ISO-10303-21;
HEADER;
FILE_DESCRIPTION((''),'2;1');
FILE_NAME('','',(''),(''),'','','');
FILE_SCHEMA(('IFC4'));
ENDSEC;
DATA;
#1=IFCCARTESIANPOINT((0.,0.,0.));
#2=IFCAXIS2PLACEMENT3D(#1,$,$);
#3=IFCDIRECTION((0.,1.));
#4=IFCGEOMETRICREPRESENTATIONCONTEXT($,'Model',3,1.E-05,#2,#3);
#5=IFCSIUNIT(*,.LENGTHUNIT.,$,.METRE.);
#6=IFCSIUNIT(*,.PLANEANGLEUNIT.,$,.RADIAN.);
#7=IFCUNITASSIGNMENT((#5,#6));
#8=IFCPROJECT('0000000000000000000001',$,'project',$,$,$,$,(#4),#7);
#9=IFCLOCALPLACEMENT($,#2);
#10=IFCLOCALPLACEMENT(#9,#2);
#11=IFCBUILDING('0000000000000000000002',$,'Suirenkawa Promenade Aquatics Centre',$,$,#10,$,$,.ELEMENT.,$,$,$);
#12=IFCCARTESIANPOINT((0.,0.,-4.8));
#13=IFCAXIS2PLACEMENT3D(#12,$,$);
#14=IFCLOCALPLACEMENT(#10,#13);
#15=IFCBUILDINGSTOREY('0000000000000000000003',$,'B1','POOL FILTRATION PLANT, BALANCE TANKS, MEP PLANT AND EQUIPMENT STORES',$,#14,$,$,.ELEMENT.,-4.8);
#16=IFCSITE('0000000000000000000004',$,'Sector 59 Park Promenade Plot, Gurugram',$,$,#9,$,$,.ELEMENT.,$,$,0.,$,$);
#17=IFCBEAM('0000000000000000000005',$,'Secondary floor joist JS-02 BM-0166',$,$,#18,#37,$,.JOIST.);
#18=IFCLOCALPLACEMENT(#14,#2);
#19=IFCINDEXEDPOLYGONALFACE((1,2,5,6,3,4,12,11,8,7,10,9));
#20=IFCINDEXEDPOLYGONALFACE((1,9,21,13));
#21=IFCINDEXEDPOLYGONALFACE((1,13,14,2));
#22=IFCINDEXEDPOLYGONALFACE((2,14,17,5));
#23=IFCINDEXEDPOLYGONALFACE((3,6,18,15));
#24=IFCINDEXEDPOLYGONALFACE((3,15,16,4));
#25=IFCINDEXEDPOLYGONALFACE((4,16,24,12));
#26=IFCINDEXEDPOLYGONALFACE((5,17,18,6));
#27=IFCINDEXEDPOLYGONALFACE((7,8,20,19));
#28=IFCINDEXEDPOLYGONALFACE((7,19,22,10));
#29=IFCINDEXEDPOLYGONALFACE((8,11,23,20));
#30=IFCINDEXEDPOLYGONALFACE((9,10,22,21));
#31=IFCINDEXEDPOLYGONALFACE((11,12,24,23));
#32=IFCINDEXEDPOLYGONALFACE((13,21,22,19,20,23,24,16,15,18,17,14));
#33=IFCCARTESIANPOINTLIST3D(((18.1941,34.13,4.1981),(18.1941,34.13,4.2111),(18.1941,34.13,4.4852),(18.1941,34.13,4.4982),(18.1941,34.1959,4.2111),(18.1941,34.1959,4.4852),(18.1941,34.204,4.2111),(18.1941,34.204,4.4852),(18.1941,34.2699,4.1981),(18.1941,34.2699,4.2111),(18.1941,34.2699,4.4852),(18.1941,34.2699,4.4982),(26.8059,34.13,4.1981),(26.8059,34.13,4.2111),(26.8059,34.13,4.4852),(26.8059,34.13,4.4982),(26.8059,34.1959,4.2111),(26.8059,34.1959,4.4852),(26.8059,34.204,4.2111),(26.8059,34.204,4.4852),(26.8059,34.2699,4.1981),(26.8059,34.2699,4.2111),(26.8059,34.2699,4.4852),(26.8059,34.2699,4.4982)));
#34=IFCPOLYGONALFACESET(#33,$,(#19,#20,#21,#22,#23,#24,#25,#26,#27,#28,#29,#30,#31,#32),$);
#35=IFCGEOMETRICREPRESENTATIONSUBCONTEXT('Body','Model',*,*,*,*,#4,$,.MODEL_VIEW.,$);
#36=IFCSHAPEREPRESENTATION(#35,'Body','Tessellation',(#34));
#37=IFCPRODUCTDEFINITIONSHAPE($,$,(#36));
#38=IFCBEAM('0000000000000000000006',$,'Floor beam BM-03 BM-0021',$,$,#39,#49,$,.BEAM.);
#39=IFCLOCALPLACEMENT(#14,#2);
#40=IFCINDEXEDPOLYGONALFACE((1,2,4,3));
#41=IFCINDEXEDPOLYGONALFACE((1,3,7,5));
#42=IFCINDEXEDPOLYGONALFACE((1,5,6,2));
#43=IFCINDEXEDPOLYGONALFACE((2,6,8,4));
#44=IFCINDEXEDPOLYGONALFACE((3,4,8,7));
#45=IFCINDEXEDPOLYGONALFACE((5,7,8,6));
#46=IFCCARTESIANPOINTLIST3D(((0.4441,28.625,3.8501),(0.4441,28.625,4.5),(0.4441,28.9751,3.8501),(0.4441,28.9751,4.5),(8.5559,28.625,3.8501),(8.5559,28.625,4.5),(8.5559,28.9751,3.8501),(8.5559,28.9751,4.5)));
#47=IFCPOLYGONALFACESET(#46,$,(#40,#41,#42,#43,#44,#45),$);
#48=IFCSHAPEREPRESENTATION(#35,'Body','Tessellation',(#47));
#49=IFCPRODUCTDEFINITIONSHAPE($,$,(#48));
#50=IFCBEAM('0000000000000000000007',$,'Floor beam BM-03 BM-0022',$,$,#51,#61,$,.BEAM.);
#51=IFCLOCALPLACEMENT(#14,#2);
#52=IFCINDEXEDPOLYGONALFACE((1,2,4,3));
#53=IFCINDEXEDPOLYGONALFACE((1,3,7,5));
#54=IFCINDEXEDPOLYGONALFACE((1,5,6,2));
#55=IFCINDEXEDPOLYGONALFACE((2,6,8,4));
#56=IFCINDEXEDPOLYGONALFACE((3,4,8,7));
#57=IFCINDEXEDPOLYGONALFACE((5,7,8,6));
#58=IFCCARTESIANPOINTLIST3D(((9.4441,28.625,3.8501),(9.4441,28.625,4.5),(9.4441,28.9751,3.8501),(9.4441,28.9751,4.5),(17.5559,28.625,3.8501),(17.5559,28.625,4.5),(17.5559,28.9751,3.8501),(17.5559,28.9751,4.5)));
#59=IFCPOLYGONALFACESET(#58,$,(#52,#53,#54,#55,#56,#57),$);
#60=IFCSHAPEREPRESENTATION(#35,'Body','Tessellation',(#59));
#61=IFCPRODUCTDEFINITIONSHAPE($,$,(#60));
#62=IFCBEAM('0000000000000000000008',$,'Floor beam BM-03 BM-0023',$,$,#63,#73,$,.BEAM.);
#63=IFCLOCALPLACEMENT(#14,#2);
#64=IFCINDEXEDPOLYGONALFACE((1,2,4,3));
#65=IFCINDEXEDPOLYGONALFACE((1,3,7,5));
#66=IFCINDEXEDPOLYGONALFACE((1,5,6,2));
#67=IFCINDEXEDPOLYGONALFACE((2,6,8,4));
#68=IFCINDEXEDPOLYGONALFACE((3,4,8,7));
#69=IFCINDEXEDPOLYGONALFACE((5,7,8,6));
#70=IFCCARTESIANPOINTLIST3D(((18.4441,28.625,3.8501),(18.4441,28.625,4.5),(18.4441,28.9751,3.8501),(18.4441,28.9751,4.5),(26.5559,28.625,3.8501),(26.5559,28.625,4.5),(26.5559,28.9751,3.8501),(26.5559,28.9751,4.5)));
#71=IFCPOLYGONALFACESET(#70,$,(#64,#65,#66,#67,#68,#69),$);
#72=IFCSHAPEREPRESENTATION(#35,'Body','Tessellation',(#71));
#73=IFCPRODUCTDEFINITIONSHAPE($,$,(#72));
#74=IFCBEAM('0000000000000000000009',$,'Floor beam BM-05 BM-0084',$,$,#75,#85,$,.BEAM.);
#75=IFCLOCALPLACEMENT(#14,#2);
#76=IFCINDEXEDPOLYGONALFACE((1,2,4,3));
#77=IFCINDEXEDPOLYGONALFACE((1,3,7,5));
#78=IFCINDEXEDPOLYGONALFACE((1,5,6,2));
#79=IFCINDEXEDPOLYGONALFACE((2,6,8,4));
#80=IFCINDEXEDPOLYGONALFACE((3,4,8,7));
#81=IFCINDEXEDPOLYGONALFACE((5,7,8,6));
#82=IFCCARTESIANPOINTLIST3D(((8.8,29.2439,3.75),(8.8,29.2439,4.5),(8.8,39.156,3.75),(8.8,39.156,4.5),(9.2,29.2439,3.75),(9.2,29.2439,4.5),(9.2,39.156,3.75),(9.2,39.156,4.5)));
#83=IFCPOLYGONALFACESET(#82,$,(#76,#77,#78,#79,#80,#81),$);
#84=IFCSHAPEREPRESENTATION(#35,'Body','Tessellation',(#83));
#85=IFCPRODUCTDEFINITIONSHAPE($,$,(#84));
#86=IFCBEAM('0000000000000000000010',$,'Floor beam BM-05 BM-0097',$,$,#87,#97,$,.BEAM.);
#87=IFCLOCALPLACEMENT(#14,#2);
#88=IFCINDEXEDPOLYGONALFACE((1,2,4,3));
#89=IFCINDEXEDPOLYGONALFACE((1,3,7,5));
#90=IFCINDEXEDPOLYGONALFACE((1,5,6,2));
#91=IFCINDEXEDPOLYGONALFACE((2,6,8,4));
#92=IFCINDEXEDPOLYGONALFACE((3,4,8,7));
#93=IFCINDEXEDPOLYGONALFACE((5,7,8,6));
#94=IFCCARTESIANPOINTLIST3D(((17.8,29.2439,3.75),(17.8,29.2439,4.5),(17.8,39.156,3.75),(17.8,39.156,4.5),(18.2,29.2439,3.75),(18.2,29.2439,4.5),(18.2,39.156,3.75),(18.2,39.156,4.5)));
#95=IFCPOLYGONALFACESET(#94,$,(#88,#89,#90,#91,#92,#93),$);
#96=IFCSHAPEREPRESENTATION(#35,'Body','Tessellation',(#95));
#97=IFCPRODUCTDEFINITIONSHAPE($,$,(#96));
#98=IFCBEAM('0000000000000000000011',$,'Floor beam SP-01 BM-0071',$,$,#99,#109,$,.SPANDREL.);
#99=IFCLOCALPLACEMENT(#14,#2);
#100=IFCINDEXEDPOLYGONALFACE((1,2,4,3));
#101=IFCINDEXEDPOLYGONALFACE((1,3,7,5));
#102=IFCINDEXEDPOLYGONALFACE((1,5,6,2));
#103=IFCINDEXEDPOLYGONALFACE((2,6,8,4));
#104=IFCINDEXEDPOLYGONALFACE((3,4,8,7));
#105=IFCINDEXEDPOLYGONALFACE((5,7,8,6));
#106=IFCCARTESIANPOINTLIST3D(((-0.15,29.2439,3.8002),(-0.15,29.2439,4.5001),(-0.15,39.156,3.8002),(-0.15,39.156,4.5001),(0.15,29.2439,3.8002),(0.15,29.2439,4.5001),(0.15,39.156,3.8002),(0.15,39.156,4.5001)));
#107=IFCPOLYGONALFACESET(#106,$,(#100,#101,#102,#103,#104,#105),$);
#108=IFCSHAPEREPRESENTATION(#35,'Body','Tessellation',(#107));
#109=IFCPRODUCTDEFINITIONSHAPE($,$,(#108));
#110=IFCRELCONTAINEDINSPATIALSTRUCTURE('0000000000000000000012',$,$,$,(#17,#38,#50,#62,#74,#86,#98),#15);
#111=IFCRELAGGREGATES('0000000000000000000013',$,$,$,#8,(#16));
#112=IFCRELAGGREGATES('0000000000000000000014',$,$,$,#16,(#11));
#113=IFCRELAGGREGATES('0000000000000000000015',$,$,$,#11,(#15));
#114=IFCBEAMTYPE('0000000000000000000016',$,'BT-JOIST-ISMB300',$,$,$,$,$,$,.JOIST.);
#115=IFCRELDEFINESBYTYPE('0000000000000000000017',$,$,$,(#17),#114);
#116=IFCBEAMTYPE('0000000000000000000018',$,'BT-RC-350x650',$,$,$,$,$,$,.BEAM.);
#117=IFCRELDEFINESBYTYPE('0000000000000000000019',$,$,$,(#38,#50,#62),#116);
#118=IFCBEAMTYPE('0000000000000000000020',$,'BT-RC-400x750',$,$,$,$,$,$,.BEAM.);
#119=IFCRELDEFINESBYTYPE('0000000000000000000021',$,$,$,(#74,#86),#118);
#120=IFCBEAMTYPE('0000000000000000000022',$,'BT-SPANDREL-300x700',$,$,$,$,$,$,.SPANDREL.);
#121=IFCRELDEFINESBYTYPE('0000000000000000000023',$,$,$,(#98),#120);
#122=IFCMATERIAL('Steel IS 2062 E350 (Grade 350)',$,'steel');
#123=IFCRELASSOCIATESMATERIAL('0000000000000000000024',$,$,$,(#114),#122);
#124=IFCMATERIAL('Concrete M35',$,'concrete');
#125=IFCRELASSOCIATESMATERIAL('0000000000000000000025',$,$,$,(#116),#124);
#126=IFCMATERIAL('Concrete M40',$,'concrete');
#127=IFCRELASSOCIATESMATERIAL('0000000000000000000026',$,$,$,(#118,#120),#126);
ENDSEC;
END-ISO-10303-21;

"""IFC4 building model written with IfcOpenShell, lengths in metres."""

from ifc_helpers import new_model, si_unit, direction, frame, origin, origin_2d, place, context, subcontext, project, spatial, rectangle, i_section, extrude, material, material_profile, profile_set, type_object, element, save


model = new_model("IFC4")

# Units and contexts
model_context = context("Model", 3, precision=1e-05, world=origin(), true_north=direction((0.0, 1.0)))
body_context = subcontext(model_context, "Body", "Model", "MODEL_VIEW")
ifc_project = project(units=[si_unit("LENGTHUNIT", "METRE"), si_unit("PLANEANGLEUNIT", "RADIAN")], contexts=[model_context])

# Site, building, storey
site_placement = place(None, origin())
site = spatial("IfcSite", under=ifc_project, at=site_placement, Name="Sector 59 Park Promenade Plot, Gurugram", CompositionType="ELEMENT", RefElevation=0.0)
building_placement = place(site_placement, origin())
building = spatial("IfcBuilding", under=site, at=building_placement, Name="Suirenkawa Promenade Aquatics Centre", CompositionType="ELEMENT")
storey_placement = place(building_placement, frame((0.0, 0.0, -4.8)))
storey = spatial("IfcBuildingStorey", under=building, at=storey_placement, Name="B1", Description="POOL FILTRATION PLANT, BALANCE TANKS, MEP PLANT AND EQUIPMENT STORES", CompositionType="ELEMENT", Elevation=-4.8)

# Shared definitions
ifc_material_1 = material(Name="Concrete M35", Category="concrete")

# Shared definitions
ifc_material_2 = material(Name="Concrete M40", Category="concrete")

# Beams
ifc_material_3 = material(Name="Steel IS 2062 E350 (Grade 350)", Category="steel")
ifc_material_profile_1 = material_profile(ifc_material_3, i_section(OverallWidth=0.1399, OverallDepth=0.3, WebThickness=0.0081, FlangeThickness=0.0129, at=origin_2d()), Name="ISMB 300", Category="steel")
ifc_profile_set_1 = profile_set([ifc_material_profile_1], Name="Steel IS 2062 E350 (Grade 350)")
beam_type_1 = type_object("IfcBeamType", Name="BT-JOIST-ISMB300", PredefinedType="JOIST", material=ifc_profile_set_1)
beam_1_placement = place(storey_placement, frame((18.1941, 34.2, 4.3481), z_axis=(1.0, 0.0, 0.0), x_axis=(0.0, 1.0, 0.0)))
element("IfcBeam", 1, at=beam_1_placement, inside=storey, type_object=beam_type_1, Name="Secondary floor joist JS-02 BM-0166", PredefinedType="JOIST", context=body_context, shape_type="SweptSolid", body=[
    extrude(i_section(OverallWidth=0.1399, OverallDepth=0.3, WebThickness=0.0081, FlangeThickness=0.0129, at=origin_2d()), origin(), (0.0, 0.0, 1.0), 8.6118),
])
ifc_material_profile_2 = material_profile(ifc_material_1, rectangle(XDim=0.3501, YDim=0.6499, at=origin_2d()), Name="RC BM 350x650", Category="concrete")
ifc_profile_set_2 = profile_set([ifc_material_profile_2], Name="Concrete M35")
beam_type_2 = type_object("IfcBeamType", Name="BT-RC-350x650", PredefinedType="BEAM", material=ifc_profile_set_2)
for number, where, z_axis, x_axis, name in (
    (2, (0.4441, 28.8, 4.175), (1.0, 0.0, 0.0), (0.0, 1.0, 0.0), "Floor beam BM-03 BM-0021"),
    (3, (9.4441, 28.8, 4.175), (1.0, 0.0, 0.0), (0.0, 1.0, 0.0), "Floor beam BM-03 BM-0022"),
    (4, (18.4441, 28.8, 4.175), (1.0, 0.0, 0.0), (0.0, 1.0, 0.0), "Floor beam BM-03 BM-0023"),
):
    element("IfcBeam", number, at=place(storey_placement, frame(where, z_axis=z_axis, x_axis=x_axis)), inside=storey, type_object=beam_type_2, Name=name, PredefinedType="BEAM", context=body_context, shape_type="SweptSolid", body=[
        extrude(rectangle(XDim=0.3501, YDim=0.6499, at=origin_2d()), origin(), (0.0, 0.0, 1.0), 8.1118),
    ])
ifc_material_profile_3 = material_profile(ifc_material_2, rectangle(XDim=0.3999, YDim=0.75, at=origin_2d()), Name="RC BM 400x750", Category="concrete")
ifc_profile_set_3 = profile_set([ifc_material_profile_3], Name="Concrete M40")
beam_type_3 = type_object("IfcBeamType", Name="BT-RC-400x750", PredefinedType="BEAM", material=ifc_profile_set_3)
for number, where, z_axis, x_axis, name in (
    (5, (9.0, 29.2439, 4.125), (0.0, 1.0, 0.0), (-1.0, 0.0, 0.0), "Floor beam BM-05 BM-0084"),
    (6, (18.0, 29.2439, 4.125), (0.0, 1.0, 0.0), (-1.0, 0.0, 0.0), "Floor beam BM-05 BM-0097"),
):
    element("IfcBeam", number, at=place(storey_placement, frame(where, z_axis=z_axis, x_axis=x_axis)), inside=storey, type_object=beam_type_3, Name=name, PredefinedType="BEAM", context=body_context, shape_type="SweptSolid", body=[
        extrude(rectangle(XDim=0.3999, YDim=0.75, at=origin_2d()), origin(), (0.0, 0.0, 1.0), 9.9121),
    ])
ifc_material_profile_4 = material_profile(ifc_material_2, rectangle(XDim=0.3, YDim=0.7, at=origin_2d()), Name="RC SPANDREL 300x700", Category="concrete")
ifc_profile_set_4 = profile_set([ifc_material_profile_4], Name="Concrete M40")
beam_type_4 = type_object("IfcBeamType", Name="BT-SPANDREL-300x700", PredefinedType="SPANDREL", material=ifc_profile_set_4)
beam_2_placement = place(storey_placement, frame((0.0, 29.2439, 4.1501), z_axis=(0.0, 1.0, 0.0), x_axis=(-1.0, 0.0, 0.0)))
element("IfcBeam", 7, at=beam_2_placement, inside=storey, type_object=beam_type_4, Name="Floor beam SP-01 BM-0071", PredefinedType="SPANDREL", context=body_context, shape_type="SweptSolid", body=[
    extrude(rectangle(XDim=0.3, YDim=0.7, at=origin_2d()), origin(), (0.0, 0.0, 1.0), 9.9121),
])

save(model, "model.ifc")
